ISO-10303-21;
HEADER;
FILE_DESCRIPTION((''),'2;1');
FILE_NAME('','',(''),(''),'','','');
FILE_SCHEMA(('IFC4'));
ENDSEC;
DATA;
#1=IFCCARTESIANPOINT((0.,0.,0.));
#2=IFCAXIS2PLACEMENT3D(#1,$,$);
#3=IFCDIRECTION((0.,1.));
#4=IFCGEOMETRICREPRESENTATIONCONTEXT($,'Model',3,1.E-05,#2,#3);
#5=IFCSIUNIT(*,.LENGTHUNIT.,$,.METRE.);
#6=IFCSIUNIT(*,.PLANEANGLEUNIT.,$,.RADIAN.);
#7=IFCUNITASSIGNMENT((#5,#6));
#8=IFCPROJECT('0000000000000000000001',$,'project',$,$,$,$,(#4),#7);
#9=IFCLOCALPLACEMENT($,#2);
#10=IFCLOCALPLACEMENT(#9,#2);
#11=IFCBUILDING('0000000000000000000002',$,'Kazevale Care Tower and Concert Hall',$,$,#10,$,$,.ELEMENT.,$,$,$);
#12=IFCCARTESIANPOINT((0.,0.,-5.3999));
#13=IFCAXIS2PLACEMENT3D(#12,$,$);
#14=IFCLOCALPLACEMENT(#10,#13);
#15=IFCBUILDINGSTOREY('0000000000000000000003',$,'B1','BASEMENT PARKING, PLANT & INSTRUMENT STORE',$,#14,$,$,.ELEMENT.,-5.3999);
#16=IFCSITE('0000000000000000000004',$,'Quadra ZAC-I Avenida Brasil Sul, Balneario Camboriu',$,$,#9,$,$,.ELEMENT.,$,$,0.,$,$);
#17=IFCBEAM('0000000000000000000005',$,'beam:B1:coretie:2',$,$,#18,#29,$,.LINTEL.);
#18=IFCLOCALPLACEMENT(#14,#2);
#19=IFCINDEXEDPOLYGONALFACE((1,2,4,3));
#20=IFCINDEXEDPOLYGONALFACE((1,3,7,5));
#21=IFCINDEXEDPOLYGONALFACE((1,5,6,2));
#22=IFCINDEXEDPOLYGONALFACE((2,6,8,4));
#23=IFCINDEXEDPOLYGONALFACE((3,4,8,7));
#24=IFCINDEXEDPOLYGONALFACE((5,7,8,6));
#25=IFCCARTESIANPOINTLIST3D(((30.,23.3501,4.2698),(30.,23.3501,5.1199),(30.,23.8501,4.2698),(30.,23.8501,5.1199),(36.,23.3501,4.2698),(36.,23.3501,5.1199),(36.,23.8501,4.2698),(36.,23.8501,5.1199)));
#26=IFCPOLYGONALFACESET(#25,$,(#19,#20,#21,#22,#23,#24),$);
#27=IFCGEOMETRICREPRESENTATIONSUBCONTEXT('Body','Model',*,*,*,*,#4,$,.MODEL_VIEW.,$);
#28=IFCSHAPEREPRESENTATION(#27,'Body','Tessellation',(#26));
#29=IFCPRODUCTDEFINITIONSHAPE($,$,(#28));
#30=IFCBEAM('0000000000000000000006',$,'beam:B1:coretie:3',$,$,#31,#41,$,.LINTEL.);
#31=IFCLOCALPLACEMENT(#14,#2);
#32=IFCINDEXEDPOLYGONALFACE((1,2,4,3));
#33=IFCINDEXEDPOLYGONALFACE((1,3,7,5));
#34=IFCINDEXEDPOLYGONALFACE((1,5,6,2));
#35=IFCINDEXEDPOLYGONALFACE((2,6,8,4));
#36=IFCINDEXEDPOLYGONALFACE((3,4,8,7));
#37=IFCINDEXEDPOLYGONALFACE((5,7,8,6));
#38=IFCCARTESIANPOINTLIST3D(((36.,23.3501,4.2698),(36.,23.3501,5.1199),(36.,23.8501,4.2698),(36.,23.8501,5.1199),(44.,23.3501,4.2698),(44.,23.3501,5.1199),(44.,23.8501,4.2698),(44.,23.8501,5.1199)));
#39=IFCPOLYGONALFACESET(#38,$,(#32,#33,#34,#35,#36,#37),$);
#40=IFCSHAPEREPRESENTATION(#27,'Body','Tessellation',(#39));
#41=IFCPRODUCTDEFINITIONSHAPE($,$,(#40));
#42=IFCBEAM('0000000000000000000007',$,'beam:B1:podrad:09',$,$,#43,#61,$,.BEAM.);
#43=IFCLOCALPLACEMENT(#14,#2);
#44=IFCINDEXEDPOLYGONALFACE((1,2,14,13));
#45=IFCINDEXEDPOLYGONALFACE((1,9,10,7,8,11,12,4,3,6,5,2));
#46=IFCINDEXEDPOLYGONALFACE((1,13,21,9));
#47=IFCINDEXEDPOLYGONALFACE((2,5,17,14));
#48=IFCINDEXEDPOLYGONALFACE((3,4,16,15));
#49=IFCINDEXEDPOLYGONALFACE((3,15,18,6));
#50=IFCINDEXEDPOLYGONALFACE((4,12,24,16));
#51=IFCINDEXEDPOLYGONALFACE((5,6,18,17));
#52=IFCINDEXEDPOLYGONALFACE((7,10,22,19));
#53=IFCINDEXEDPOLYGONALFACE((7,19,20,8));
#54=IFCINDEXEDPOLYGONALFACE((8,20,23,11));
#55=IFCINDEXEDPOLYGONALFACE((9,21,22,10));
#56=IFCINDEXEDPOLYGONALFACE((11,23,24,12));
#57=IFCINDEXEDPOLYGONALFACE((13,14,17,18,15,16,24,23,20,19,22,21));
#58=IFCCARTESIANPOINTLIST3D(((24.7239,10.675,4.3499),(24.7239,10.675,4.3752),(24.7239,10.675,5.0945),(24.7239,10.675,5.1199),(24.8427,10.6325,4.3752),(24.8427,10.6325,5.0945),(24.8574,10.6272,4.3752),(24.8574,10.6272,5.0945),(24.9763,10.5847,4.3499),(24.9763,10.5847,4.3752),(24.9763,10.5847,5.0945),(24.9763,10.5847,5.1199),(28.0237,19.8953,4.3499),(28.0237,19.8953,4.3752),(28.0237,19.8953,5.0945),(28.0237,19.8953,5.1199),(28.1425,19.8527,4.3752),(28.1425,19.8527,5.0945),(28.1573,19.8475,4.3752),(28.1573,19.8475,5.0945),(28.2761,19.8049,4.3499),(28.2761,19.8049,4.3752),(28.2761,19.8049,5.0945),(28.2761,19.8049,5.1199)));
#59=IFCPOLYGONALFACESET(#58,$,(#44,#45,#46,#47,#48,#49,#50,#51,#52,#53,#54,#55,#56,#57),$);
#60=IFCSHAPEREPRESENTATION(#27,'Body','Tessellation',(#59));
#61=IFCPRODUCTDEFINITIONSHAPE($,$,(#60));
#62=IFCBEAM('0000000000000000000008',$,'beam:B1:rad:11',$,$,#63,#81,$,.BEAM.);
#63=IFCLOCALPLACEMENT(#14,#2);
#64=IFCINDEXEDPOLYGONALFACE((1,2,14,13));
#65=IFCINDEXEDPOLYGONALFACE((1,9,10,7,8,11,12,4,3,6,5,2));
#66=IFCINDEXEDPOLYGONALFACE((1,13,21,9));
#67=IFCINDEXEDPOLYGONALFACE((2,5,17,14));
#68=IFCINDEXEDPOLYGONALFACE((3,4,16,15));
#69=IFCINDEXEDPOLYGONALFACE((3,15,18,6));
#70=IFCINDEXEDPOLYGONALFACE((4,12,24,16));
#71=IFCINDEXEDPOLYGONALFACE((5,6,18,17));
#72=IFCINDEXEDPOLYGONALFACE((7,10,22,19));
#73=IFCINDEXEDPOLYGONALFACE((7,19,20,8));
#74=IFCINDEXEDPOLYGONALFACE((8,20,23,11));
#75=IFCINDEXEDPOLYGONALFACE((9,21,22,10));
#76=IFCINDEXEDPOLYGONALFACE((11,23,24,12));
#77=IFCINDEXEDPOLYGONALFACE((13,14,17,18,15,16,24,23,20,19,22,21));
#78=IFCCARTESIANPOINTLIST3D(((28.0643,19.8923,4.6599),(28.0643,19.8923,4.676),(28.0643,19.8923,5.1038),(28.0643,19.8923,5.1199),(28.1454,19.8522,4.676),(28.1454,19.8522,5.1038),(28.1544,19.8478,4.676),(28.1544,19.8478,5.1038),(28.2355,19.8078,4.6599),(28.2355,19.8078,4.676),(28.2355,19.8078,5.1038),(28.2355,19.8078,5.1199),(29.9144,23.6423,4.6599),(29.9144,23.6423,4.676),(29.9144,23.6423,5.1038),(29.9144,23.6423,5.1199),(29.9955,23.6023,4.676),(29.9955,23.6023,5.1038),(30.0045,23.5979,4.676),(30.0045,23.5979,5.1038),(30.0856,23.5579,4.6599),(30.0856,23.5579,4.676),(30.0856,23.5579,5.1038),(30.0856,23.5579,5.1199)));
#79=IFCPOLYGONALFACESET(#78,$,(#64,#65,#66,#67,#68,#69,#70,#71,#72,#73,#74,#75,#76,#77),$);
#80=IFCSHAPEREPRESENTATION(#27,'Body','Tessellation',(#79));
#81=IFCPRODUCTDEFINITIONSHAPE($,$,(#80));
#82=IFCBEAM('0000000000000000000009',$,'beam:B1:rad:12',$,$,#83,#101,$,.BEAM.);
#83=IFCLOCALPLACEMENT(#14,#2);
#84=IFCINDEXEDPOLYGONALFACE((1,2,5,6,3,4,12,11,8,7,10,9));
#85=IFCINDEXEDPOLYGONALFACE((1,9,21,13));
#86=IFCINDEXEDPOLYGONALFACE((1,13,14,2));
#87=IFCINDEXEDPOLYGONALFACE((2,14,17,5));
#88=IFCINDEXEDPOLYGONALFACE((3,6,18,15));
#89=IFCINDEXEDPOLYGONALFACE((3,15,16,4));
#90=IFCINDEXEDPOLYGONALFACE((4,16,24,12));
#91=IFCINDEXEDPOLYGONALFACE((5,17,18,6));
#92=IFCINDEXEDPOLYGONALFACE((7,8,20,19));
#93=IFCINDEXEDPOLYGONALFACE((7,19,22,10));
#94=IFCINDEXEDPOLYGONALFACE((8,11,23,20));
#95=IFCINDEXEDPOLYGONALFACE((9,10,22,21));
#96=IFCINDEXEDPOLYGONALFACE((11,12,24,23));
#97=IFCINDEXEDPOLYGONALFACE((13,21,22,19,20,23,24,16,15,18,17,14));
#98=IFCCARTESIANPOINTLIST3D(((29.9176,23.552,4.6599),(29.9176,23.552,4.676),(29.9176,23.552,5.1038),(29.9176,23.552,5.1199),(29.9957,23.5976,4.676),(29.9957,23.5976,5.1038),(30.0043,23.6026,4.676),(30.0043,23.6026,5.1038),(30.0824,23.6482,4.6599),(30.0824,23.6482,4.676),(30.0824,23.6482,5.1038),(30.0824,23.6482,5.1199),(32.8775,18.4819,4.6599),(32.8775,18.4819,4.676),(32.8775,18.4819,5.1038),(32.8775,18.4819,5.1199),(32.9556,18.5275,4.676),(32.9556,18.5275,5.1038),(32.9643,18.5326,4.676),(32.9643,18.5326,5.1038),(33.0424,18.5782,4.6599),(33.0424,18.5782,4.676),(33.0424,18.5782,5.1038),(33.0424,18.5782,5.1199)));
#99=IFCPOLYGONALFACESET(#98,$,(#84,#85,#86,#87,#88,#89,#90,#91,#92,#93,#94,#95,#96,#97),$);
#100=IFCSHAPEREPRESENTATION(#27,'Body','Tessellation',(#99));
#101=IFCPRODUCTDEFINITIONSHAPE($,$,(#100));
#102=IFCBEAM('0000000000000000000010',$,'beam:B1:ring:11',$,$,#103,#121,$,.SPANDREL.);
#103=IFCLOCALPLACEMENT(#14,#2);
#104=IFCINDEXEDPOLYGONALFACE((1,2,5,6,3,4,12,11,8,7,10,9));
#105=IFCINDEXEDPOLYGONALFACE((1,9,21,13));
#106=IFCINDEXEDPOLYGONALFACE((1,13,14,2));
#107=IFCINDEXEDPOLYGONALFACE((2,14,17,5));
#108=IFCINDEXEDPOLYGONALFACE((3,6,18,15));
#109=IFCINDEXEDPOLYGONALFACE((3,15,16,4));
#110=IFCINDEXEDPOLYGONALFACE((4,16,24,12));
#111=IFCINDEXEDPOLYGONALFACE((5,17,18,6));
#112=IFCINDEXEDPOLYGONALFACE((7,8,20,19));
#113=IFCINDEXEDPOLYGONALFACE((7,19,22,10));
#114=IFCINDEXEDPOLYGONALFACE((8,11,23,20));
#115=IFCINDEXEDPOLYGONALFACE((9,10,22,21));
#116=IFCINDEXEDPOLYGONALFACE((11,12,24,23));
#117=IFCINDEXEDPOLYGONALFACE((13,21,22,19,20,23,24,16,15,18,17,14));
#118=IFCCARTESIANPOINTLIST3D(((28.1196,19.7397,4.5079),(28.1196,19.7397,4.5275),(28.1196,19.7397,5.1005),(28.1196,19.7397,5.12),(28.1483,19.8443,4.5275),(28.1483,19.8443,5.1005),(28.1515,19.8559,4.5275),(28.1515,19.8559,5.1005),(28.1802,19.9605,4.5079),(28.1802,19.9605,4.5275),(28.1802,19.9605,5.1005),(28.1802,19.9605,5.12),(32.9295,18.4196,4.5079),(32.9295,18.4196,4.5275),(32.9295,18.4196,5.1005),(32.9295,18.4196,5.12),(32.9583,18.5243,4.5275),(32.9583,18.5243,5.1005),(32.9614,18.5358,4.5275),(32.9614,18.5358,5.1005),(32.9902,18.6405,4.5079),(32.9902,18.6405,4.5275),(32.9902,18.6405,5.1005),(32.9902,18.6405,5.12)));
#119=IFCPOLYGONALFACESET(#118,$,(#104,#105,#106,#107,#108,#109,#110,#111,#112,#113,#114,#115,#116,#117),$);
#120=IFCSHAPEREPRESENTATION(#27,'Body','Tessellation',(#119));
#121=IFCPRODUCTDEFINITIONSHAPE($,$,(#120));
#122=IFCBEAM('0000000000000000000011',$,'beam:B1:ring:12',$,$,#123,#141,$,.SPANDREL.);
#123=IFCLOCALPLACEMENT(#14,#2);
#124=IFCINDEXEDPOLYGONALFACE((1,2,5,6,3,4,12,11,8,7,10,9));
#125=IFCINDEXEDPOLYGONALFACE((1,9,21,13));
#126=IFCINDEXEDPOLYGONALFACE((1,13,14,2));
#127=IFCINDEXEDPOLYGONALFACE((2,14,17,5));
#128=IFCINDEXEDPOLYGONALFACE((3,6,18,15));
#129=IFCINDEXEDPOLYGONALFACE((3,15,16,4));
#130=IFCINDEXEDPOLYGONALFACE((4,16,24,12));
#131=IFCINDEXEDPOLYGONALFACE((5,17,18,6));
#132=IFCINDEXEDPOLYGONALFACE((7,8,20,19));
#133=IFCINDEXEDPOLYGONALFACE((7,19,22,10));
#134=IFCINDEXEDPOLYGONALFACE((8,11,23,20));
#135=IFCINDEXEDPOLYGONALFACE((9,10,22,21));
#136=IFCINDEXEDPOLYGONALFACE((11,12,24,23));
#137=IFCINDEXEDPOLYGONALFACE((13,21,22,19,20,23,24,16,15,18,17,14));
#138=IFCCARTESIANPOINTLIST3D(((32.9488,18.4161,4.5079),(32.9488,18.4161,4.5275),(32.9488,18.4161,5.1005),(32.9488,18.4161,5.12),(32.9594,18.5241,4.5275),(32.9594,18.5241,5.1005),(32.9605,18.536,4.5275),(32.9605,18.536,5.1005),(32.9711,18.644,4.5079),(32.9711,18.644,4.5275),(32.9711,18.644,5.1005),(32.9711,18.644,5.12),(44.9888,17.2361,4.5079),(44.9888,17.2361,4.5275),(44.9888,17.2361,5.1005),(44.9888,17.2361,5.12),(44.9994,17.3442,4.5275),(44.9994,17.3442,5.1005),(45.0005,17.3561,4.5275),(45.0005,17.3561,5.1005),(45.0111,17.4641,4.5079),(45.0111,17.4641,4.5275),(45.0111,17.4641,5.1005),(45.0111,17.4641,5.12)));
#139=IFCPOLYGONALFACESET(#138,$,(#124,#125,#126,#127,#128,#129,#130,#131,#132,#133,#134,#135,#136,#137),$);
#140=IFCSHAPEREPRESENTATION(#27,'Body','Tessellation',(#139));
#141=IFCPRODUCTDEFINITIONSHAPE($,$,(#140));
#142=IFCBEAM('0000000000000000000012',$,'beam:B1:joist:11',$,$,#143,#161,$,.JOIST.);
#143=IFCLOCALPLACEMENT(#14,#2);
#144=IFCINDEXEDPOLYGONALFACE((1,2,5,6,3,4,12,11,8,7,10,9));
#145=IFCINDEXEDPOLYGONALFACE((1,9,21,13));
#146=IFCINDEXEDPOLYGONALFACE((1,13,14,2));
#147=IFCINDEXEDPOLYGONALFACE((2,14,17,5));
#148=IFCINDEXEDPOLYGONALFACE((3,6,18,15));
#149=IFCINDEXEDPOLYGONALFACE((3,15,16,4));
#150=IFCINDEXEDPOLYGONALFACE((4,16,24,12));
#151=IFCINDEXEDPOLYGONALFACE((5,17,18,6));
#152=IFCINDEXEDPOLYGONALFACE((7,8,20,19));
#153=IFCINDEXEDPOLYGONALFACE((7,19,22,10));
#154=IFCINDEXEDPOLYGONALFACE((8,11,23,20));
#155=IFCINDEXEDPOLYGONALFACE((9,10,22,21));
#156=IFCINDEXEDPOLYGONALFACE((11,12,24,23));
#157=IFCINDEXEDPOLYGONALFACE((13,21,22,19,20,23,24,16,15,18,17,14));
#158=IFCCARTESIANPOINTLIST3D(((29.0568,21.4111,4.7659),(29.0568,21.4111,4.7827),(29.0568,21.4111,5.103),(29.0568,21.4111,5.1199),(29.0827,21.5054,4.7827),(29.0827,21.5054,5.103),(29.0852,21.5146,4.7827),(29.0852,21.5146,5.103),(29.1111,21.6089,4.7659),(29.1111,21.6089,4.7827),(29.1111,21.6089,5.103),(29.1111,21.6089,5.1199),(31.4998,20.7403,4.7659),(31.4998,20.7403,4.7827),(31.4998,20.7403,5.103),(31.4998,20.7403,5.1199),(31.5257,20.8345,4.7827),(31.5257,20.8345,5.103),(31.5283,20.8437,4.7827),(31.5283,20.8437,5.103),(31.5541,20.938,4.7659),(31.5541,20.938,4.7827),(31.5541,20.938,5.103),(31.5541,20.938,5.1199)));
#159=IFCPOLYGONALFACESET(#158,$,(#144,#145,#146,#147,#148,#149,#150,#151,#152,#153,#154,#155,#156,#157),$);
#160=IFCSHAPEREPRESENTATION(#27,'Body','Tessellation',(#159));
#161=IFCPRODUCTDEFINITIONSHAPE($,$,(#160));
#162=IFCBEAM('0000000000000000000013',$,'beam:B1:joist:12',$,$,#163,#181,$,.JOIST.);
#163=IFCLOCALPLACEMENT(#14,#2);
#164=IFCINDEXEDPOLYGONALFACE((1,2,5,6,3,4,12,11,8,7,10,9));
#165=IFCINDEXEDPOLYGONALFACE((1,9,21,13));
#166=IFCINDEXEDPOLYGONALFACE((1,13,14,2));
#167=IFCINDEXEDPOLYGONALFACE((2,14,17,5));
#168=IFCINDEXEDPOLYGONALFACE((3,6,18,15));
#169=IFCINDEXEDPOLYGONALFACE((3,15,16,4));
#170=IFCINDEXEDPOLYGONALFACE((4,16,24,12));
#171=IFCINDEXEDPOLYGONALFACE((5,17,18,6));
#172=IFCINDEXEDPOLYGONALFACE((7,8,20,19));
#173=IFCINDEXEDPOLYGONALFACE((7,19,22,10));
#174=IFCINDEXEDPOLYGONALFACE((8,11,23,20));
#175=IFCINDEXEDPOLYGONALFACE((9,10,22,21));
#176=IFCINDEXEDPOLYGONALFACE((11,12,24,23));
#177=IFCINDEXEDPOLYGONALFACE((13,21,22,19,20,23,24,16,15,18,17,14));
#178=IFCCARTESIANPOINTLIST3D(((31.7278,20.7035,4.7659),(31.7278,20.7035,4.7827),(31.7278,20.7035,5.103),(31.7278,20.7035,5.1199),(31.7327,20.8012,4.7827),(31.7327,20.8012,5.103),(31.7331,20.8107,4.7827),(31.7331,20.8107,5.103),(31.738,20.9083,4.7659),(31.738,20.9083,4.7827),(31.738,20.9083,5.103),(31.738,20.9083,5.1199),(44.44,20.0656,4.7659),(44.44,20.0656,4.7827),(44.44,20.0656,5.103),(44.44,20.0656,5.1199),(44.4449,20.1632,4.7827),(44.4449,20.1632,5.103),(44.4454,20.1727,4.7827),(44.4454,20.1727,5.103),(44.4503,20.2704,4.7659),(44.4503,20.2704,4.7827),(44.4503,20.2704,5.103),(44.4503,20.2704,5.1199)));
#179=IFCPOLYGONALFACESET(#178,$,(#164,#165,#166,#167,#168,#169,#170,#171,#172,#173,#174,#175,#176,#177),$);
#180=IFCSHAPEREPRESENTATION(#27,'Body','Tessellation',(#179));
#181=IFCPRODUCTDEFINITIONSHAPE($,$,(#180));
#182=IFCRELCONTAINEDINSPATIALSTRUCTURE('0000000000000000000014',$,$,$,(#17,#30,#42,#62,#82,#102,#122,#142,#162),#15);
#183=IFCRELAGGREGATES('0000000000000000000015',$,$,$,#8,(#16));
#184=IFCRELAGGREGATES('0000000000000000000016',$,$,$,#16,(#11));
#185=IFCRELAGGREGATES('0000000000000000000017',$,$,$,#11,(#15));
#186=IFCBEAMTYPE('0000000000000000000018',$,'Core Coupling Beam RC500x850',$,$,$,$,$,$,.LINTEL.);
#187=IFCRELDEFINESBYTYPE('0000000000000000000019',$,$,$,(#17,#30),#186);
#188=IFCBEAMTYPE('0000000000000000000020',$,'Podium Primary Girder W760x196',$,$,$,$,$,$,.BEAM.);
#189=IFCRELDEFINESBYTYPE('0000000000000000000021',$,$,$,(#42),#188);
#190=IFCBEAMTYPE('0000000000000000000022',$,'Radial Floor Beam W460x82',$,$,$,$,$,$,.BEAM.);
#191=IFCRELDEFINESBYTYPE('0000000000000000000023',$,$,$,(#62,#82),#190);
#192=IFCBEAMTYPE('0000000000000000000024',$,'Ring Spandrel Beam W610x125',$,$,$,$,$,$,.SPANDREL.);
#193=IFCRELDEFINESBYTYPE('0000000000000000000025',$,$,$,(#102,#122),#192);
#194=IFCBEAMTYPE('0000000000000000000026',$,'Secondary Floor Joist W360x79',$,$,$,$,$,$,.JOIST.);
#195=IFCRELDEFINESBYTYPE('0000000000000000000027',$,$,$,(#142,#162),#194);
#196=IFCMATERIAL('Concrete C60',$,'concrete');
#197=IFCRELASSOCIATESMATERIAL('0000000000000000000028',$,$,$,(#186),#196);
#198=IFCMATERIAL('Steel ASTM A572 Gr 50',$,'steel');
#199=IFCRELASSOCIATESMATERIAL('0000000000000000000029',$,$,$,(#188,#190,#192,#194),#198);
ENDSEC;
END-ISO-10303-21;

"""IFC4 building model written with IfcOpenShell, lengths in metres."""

from ifc_helpers import new_model, si_unit, direction, frame, origin, origin_2d, place, context, subcontext, project, spatial, rectangle, i_section, extrude, material, material_profile, profile_set, type_object, element, save


model = new_model("IFC4")

# Units and contexts
model_context = context("Model", 3, precision=1e-05, world=origin(), true_north=direction((0.0, 1.0)))
body_context = subcontext(model_context, "Body", "Model", "MODEL_VIEW")
ifc_project = project(units=[si_unit("LENGTHUNIT", "METRE"), si_unit("PLANEANGLEUNIT", "RADIAN")], contexts=[model_context])

# Site, building, storey
site_placement = place(None, origin())
site = spatial("IfcSite", under=ifc_project, at=site_placement, Name="Quadra ZAC-I Avenida Brasil Sul, Balneario Camboriu", CompositionType="ELEMENT", RefElevation=0.0)
building_placement = place(site_placement, origin())
building = spatial("IfcBuilding", under=site, at=building_placement, Name="Kazevale Care Tower and Concert Hall", CompositionType="ELEMENT")
storey_placement = place(building_placement, frame((0.0, 0.0, -5.3999)))
storey = spatial("IfcBuildingStorey", under=building, at=storey_placement, Name="B1", Description="BASEMENT PARKING, PLANT & INSTRUMENT STORE", CompositionType="ELEMENT", Elevation=-5.3999)

# Beams
ifc_material_1 = material(Name="Concrete C60", Category="concrete")
ifc_material_profile_1 = material_profile(ifc_material_1, rectangle(XDim=0.5, YDim=0.8501, at=origin_2d()), Name="RC-B500x850")
ifc_profile_set_1 = profile_set([ifc_material_profile_1], Name="Concrete C60")
beam_type_1 = type_object("IfcBeamType", Name="Core Coupling Beam RC500x850", PredefinedType="LINTEL", material=ifc_profile_set_1)
beam_1_placement = place(storey_placement, frame((30.0, 23.6001, 4.6948), z_axis=(1.0, 0.0, 0.0), x_axis=(0.0, 1.0, 0.0)))
element("IfcBeam", 1, at=beam_1_placement, inside=storey, type_object=beam_type_1, Name="beam:B1:coretie:2", PredefinedType="LINTEL", context=body_context, shape_type="SweptSolid", body=[
    extrude(rectangle(XDim=0.5, YDim=0.8501, at=origin_2d()), origin(), (0.0, 0.0, 1.0), 6.0),
])
beam_2_placement = place(storey_placement, frame((36.0, 23.6001, 4.6948), z_axis=(1.0, 0.0, 0.0), x_axis=(0.0, 1.0, 0.0)))
element("IfcBeam", 2, at=beam_2_placement, inside=storey, type_object=beam_type_1, Name="beam:B1:coretie:3", PredefinedType="LINTEL", context=body_context, shape_type="SweptSolid", body=[
    extrude(rectangle(XDim=0.5, YDim=0.8501, at=origin_2d()), origin(), (0.0, 0.0, 1.0), 8.0),
])
ifc_material_2 = material(Name="Steel ASTM A572 Gr 50", Category="steel")
ifc_material_profile_2 = material_profile(ifc_material_2, i_section(OverallWidth=0.2681, OverallDepth=0.77, WebThickness=0.0156, FlangeThickness=0.0254, at=origin_2d()), Name="W760x196")
ifc_profile_set_2 = profile_set([ifc_material_profile_2], Name="Steel ASTM A572 Gr 50")
beam_type_2 = type_object("IfcBeamType", Name="Podium Primary Girder W760x196", PredefinedType="BEAM", material=ifc_profile_set_2)
beam_3_placement = place(storey_placement, frame((28.1499, 19.8501, 4.7349), z_axis=(-0.336959, -0.941519, 0.0), x_axis=(0.941519, -0.336959, 0.0)))
element("IfcBeam", 3, at=beam_3_placement, inside=storey, type_object=beam_type_2, Name="beam:B1:podrad:09", PredefinedType="BEAM", context=body_context, shape_type="SweptSolid", body=[
    extrude(i_section(OverallWidth=0.2681, OverallDepth=0.77, WebThickness=0.0156, FlangeThickness=0.0254, at=origin_2d()), origin(), (0.0, 0.0, 1.0), 9.793),
])
ifc_material_profile_3 = material_profile(ifc_material_2, i_section(OverallWidth=0.1909, OverallDepth=0.46, WebThickness=0.01, FlangeThickness=0.0161, at=origin_2d()), Name="W460x82")
ifc_profile_set_3 = profile_set([ifc_material_profile_3], Name="Steel ASTM A572 Gr 50")
beam_type_3 = type_object("IfcBeamType", Name="Radial Floor Beam W460x82", PredefinedType="BEAM", material=ifc_profile_set_3)
beam_4_placement = place(storey_placement, frame((30.0, 23.6001, 4.8899), z_axis=(-0.442443, -0.896797, 0.0), x_axis=(0.896797, -0.442443, 0.0)))
element("IfcBeam", 4, at=beam_4_placement, inside=storey, type_object=beam_type_3, Name="beam:B1:rad:11", PredefinedType="BEAM", context=body_context, shape_type="SweptSolid", body=[
    extrude(i_section(OverallWidth=0.1909, OverallDepth=0.46, WebThickness=0.01, FlangeThickness=0.0161, at=origin_2d()), origin(), (0.0, 0.0, 1.0), 4.1816),
])
beam_5_placement = place(storey_placement, frame((30.0, 23.6001, 4.8899), z_axis=(0.504179, -0.863599, 0.0), x_axis=(0.863599, 0.504179, 0.0)))
element("IfcBeam", 5, at=beam_5_placement, inside=storey, type_object=beam_type_3, Name="beam:B1:rad:12", PredefinedType="BEAM", context=body_context, shape_type="SweptSolid", body=[
    extrude(i_section(OverallWidth=0.1909, OverallDepth=0.46, WebThickness=0.01, FlangeThickness=0.0161, at=origin_2d()), origin(), (0.0, 0.0, 1.0), 5.8708),
])
ifc_material_profile_4 = material_profile(ifc_material_2, i_section(OverallWidth=0.229, OverallDepth=0.6121, WebThickness=0.012, FlangeThickness=0.0195, at=origin_2d()), Name="W610x125")
ifc_profile_set_4 = profile_set([ifc_material_profile_4], Name="Steel ASTM A572 Gr 50")
beam_type_4 = type_object("IfcBeamType", Name="Ring Spandrel Beam W610x125", PredefinedType="SPANDREL", material=ifc_profile_set_4)
beam_6_placement = place(storey_placement, frame((28.1499, 19.8501, 4.814), z_axis=(0.964344, -0.264654, 0.0), x_axis=(0.264654, 0.964344, 0.0)))
element("IfcBeam", 6, at=beam_6_placement, inside=storey, type_object=beam_type_4, Name="beam:B1:ring:11", PredefinedType="SPANDREL", context=body_context, shape_type="SweptSolid", body=[
    extrude(i_section(OverallWidth=0.229, OverallDepth=0.6121, WebThickness=0.012, FlangeThickness=0.0195, at=origin_2d()), origin(), (0.0, 0.0, 1.0), 4.9878),
])
beam_7_placement = place(storey_placement, frame((32.96, 18.53, 4.814), z_axis=(0.995232, -0.097533, 0.0), x_axis=(0.097533, 0.995232, 0.0)))
element("IfcBeam", 7, at=beam_7_placement, inside=storey, type_object=beam_type_4, Name="beam:B1:ring:12", PredefinedType="SPANDREL", context=body_context, shape_type="SweptSolid", body=[
    extrude(i_section(OverallWidth=0.229, OverallDepth=0.6121, WebThickness=0.012, FlangeThickness=0.0195, at=origin_2d()), origin(), (0.0, 0.0, 1.0), 12.0977),
])
ifc_material_profile_5 = material_profile(ifc_material_2, i_section(OverallWidth=0.2051, OverallDepth=0.354, WebThickness=0.0095, FlangeThickness=0.0168, at=origin_2d()), Name="W360x79")
ifc_profile_set_5 = profile_set([ifc_material_profile_5], Name="Steel ASTM A572 Gr 50")
beam_type_5 = type_object("IfcBeamType", Name="Secondary Floor Joist W360x79", PredefinedType="JOIST", material=ifc_profile_set_5)
beam_8_placement = place(storey_placement, frame((29.084, 21.51, 4.9429), z_axis=(0.964302, -0.264805, 0.0), x_axis=(0.264805, 0.964302, 0.0)))
element("IfcBeam", 8, at=beam_8_placement, inside=storey, type_object=beam_type_5, Name="beam:B1:joist:11", PredefinedType="JOIST", context=body_context, shape_type="SweptSolid", body=[
    extrude(i_section(OverallWidth=0.2051, OverallDepth=0.354, WebThickness=0.0095, FlangeThickness=0.0168, at=origin_2d()), origin(), (0.0, 0.0, 1.0), 2.5334),
])
beam_9_placement = place(storey_placement, frame((31.7329, 20.8059, 4.9429), z_axis=(0.998743, -0.05012, 0.0), x_axis=(0.05012, 0.998743, 0.0)))
element("IfcBeam", 9, at=beam_9_placement, inside=storey, type_object=beam_type_5, Name="beam:B1:joist:12", PredefinedType="JOIST", context=body_context, shape_type="SweptSolid", body=[
    extrude(i_section(OverallWidth=0.2051, OverallDepth=0.354, WebThickness=0.0095, FlangeThickness=0.0168, at=origin_2d()), origin(), (0.0, 0.0, 1.0), 12.7283),
])

save(model, "model.ifc")
